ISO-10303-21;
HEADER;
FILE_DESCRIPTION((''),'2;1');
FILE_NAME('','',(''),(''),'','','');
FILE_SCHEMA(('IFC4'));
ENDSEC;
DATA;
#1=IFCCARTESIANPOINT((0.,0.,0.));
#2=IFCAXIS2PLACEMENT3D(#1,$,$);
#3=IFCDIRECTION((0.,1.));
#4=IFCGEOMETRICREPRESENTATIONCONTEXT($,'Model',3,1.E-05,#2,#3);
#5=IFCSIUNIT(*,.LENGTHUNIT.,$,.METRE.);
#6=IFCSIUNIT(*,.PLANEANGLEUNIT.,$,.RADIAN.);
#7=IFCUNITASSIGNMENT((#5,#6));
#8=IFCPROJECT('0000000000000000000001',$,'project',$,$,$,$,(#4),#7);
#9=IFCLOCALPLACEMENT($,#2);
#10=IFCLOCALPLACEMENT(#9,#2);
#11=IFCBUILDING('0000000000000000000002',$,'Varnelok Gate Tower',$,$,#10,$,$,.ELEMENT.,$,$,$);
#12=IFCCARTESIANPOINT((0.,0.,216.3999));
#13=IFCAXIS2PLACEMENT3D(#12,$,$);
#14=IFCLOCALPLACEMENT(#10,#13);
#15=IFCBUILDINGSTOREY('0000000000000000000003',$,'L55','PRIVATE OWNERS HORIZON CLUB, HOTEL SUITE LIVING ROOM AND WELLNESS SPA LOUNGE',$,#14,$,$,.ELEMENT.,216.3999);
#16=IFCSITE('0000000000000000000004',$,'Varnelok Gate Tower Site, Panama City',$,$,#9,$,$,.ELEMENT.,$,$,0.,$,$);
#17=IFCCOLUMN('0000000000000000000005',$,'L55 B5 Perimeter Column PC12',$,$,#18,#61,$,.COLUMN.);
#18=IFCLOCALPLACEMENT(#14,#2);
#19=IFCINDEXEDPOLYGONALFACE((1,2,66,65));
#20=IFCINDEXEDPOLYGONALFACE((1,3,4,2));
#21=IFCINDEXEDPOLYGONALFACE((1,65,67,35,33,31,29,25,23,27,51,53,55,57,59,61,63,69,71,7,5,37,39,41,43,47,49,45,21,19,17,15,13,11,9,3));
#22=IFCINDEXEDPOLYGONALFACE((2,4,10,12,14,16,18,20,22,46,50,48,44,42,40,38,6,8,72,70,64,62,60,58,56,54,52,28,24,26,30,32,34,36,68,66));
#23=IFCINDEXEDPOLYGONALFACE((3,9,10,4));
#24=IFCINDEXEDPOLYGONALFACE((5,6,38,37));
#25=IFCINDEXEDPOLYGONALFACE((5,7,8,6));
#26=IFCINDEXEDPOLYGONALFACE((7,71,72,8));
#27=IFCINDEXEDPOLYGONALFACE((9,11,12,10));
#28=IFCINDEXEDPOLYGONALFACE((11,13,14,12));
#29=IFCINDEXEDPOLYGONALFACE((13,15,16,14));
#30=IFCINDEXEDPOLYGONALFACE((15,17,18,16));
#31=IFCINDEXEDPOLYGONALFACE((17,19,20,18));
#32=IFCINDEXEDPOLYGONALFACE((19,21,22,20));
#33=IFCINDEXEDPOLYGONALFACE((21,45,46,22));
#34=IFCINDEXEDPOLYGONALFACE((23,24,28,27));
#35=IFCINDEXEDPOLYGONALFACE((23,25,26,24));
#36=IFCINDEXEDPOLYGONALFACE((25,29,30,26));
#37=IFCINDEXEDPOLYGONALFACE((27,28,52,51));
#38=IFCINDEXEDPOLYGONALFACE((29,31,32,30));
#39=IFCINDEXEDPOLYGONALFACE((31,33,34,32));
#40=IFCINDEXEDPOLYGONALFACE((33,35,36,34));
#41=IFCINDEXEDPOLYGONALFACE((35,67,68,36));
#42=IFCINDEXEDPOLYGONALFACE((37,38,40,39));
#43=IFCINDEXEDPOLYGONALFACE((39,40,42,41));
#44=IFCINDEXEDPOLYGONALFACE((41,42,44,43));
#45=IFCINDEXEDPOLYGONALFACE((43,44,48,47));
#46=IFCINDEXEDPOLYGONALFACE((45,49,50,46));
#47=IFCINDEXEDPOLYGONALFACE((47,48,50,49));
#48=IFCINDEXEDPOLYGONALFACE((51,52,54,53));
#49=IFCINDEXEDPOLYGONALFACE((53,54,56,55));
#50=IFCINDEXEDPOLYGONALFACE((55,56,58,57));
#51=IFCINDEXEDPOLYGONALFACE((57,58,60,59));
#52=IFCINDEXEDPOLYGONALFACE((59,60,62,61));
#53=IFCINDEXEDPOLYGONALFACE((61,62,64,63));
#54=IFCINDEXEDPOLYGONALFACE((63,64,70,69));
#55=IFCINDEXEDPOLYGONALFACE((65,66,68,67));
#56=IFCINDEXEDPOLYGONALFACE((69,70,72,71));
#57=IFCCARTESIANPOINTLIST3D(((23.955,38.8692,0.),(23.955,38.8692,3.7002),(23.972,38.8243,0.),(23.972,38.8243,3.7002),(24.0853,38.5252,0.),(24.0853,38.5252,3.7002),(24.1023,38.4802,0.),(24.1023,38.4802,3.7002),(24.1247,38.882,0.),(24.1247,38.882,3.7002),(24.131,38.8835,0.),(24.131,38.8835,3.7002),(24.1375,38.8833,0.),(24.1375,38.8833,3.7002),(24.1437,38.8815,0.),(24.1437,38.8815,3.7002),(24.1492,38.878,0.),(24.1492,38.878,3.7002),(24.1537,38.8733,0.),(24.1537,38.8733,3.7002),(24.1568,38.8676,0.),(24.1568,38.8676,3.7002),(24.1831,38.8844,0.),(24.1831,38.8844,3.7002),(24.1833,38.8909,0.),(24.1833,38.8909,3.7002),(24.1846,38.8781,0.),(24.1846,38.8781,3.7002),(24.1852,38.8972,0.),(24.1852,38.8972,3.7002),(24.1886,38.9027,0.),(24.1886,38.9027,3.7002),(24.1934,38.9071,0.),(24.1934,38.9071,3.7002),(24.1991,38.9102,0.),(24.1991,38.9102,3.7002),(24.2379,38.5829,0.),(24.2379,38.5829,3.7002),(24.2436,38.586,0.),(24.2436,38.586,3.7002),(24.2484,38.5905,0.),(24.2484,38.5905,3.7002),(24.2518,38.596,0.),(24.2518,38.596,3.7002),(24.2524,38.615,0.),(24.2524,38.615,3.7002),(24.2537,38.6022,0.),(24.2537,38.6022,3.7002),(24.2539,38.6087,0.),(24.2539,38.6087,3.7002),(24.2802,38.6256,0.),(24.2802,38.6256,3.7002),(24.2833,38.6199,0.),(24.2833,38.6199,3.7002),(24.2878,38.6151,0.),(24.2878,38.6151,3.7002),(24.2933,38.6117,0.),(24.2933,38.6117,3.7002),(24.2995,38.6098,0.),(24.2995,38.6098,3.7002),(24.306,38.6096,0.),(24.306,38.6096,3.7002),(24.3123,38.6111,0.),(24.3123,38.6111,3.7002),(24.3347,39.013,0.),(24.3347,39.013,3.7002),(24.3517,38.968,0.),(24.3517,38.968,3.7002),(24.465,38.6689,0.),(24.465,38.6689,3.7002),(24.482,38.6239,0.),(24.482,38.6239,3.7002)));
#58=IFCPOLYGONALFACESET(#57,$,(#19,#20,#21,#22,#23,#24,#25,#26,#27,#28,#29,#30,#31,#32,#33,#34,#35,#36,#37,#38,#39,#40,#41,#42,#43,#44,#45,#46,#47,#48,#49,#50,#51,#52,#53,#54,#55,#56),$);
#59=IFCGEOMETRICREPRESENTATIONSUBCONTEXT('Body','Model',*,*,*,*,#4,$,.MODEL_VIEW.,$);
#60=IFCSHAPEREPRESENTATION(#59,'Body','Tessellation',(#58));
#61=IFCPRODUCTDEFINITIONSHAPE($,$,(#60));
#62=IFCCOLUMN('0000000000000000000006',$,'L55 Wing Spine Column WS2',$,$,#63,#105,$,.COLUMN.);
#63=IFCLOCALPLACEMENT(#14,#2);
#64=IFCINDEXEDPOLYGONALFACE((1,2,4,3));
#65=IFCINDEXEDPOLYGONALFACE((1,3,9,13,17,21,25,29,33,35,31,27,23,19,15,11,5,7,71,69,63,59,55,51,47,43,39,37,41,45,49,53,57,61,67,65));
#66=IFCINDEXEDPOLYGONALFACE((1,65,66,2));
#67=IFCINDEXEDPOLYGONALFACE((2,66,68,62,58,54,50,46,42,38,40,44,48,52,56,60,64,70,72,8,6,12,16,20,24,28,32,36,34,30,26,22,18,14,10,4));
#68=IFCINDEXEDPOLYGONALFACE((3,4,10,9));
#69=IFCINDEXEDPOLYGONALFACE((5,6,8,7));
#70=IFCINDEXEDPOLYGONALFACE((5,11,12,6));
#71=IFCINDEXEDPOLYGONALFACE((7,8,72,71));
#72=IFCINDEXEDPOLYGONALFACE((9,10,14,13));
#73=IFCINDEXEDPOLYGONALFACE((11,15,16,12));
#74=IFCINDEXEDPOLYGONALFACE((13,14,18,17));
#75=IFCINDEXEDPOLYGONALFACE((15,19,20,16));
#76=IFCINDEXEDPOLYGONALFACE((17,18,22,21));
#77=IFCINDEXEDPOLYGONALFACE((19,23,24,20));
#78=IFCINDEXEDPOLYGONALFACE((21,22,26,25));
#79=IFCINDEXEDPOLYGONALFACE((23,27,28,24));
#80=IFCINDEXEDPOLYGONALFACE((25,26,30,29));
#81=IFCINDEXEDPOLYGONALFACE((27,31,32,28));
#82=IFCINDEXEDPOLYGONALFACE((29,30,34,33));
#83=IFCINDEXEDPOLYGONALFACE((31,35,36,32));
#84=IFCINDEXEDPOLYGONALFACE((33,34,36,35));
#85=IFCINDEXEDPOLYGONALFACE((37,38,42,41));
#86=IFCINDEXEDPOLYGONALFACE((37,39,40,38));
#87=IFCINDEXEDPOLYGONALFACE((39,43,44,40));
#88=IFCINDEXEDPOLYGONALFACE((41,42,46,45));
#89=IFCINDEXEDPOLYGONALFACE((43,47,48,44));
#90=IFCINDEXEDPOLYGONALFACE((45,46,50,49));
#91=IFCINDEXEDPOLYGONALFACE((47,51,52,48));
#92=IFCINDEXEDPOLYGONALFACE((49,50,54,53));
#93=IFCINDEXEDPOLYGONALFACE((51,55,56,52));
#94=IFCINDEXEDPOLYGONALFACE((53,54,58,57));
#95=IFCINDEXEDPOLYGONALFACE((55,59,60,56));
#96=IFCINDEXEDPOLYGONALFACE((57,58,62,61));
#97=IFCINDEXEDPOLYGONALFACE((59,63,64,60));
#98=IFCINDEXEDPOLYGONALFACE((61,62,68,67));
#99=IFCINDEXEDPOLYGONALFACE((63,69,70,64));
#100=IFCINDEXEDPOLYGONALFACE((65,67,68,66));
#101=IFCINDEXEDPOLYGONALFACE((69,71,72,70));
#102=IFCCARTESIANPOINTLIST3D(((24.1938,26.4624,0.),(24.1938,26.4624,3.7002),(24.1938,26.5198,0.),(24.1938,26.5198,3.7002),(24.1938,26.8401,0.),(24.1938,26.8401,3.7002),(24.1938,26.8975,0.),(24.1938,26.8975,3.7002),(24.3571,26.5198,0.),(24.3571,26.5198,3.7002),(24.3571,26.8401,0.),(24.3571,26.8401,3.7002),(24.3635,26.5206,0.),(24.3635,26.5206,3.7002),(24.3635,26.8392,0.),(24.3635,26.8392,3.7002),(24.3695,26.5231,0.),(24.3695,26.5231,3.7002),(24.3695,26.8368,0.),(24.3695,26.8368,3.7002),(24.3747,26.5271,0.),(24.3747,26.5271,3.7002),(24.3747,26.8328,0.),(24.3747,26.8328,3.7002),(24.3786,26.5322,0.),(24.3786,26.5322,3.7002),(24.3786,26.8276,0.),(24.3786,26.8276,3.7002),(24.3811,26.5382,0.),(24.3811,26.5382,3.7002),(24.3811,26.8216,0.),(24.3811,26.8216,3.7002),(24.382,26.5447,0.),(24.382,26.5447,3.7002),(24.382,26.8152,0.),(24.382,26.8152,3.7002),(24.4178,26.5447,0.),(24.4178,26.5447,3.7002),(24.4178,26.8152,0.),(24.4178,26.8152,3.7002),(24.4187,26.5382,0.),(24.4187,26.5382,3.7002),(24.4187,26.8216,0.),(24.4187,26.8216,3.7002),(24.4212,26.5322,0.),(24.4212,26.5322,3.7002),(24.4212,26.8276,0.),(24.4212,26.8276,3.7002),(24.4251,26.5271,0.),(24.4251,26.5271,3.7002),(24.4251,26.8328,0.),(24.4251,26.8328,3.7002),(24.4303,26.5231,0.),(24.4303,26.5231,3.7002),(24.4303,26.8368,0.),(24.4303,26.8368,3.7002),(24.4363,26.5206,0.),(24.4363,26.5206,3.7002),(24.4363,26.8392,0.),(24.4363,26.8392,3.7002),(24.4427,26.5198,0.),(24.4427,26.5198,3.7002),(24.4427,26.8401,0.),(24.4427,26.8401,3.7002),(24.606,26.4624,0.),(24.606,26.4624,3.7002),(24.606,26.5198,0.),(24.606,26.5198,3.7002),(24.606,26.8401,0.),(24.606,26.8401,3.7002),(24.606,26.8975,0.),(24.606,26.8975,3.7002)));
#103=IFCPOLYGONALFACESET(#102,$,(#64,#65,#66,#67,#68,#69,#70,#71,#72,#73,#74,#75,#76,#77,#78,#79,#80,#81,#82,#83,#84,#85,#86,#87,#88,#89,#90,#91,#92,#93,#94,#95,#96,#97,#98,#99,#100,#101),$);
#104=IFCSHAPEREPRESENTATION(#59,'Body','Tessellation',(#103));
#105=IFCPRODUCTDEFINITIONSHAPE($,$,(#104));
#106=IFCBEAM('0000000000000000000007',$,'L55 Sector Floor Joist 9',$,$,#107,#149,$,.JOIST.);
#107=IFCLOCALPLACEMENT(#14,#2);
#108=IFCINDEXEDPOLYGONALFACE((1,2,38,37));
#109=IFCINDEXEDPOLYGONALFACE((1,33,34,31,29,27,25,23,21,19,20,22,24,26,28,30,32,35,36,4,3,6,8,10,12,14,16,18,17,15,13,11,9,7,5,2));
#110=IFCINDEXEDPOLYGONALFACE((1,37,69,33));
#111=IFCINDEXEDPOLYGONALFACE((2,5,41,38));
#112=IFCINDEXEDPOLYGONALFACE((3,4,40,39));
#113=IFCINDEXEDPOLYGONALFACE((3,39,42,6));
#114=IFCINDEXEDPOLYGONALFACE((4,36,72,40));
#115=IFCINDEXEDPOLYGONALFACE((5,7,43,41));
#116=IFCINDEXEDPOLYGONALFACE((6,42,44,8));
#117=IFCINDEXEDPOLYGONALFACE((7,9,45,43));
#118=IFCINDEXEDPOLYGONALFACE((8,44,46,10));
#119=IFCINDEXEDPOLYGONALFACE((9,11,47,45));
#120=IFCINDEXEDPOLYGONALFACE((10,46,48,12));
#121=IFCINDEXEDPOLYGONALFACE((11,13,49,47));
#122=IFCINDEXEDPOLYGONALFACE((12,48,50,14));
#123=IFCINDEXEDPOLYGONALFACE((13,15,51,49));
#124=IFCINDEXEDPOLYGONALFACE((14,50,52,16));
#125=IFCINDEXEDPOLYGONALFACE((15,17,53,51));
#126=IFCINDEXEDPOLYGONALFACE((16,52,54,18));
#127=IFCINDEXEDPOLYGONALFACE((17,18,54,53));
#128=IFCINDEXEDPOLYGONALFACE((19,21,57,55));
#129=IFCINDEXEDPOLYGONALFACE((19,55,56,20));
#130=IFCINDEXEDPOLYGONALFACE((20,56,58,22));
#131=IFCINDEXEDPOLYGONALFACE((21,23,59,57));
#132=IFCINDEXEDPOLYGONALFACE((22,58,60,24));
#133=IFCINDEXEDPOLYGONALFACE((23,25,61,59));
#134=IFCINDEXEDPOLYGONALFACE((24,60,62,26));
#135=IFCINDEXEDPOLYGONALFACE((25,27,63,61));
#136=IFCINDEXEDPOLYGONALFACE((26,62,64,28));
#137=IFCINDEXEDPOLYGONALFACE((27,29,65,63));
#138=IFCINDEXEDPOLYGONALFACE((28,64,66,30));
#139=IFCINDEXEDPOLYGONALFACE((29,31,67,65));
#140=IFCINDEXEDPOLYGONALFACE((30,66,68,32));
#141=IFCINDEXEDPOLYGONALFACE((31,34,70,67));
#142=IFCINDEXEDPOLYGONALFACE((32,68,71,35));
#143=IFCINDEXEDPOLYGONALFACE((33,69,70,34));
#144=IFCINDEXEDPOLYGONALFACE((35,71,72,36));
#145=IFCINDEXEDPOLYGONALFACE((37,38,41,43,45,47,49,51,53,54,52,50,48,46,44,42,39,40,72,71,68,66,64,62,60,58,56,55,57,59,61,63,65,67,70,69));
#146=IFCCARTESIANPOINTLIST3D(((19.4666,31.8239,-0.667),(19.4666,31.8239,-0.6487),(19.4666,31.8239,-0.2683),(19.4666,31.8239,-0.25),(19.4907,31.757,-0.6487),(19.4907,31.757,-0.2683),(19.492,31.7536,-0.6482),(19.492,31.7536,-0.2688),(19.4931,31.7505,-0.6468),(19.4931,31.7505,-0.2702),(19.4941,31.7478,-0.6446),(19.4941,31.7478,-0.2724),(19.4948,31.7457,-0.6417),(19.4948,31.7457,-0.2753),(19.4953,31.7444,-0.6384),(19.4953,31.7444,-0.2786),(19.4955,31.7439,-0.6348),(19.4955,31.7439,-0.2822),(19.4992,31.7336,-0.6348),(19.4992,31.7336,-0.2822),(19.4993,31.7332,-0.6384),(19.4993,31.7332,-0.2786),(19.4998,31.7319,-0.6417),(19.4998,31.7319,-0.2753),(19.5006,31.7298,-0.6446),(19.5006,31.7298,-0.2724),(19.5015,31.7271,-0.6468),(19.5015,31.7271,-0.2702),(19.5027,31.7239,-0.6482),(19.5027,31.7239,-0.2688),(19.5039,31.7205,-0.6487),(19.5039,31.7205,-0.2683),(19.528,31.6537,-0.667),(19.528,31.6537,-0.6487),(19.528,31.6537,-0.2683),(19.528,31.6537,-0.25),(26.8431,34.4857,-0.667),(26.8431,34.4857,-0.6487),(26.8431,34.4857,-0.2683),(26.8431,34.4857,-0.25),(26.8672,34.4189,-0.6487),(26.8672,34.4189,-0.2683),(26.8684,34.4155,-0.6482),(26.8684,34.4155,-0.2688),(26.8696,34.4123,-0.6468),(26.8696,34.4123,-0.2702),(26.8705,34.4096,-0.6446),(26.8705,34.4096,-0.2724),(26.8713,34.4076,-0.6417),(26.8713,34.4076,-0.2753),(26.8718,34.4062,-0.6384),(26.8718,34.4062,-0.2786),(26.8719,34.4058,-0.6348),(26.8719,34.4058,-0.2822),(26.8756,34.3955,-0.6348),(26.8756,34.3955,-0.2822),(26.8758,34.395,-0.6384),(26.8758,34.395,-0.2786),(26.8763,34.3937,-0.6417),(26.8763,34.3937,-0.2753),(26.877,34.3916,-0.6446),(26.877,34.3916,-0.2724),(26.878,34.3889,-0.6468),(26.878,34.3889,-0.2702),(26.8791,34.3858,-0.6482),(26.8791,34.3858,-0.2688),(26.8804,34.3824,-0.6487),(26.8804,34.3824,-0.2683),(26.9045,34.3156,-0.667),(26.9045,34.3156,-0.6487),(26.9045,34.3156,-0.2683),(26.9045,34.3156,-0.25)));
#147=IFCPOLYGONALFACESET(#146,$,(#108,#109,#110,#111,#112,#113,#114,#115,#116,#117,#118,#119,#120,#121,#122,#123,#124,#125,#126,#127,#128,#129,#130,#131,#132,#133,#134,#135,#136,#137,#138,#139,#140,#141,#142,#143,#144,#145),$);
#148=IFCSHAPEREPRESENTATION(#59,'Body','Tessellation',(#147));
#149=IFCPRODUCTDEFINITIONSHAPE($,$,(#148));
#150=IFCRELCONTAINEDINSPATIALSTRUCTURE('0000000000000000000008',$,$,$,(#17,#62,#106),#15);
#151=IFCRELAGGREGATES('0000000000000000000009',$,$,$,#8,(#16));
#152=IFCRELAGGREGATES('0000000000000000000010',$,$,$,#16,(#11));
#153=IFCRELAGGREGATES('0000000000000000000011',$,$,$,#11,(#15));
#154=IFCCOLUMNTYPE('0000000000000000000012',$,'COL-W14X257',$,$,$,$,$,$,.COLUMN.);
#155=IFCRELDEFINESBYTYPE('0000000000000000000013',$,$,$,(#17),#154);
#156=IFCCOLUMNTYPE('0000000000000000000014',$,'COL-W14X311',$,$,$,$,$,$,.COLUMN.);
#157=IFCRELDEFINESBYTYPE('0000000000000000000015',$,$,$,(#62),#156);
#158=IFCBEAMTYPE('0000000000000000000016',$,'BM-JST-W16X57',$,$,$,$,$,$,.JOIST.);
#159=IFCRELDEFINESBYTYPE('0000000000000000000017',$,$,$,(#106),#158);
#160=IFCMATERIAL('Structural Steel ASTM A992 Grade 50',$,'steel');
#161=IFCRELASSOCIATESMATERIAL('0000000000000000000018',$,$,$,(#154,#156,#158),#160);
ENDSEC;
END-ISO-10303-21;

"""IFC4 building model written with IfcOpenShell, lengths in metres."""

from ifc_helpers import new_model, si_unit, direction, frame, origin, origin_2d, place, context, subcontext, project, spatial, i_section, extrude, material, material_profile, profile_set, type_object, element, save


model = new_model("IFC4")

# Units and contexts
model_context = context("Model", 3, precision=1e-05, world=origin(), true_north=direction((0.0, 1.0)))
body_context = subcontext(model_context, "Body", "Model", "MODEL_VIEW")
ifc_project = project(units=[si_unit("LENGTHUNIT", "METRE"), si_unit("PLANEANGLEUNIT", "RADIAN")], contexts=[model_context])

# Site, building, storey
site_placement = place(None, origin())
site = spatial("IfcSite", under=ifc_project, at=site_placement, Name="Varnelok Gate Tower Site, Panama City", CompositionType="ELEMENT", RefElevation=0.0)
building_placement = place(site_placement, origin())
building = spatial("IfcBuilding", under=site, at=building_placement, Name="Varnelok Gate Tower", CompositionType="ELEMENT")
storey_placement = place(building_placement, frame((0.0, 0.0, 216.3999)))
storey = spatial("IfcBuildingStorey", under=building, at=storey_placement, Name="L55", Description="PRIVATE OWNERS HORIZON CLUB, HOTEL SUITE LIVING ROOM AND WELLNESS SPA LOUNGE", CompositionType="ELEMENT", Elevation=216.3999)

# Columns
ifc_material_1 = material(Name="Structural Steel ASTM A992 Grade 50", Category="steel")
ifc_material_profile_1 = material_profile(ifc_material_1, i_section(OverallWidth=0.406, OverallDepth=0.416, WebThickness=0.0298, FlangeThickness=0.0481, FilletRadius=0.0249, at=origin_2d()), Name="W14X257")
ifc_profile_set_1 = profile_set([ifc_material_profile_1], Name="Structural Steel ASTM A992 Grade 50")
column_type_1 = type_object("IfcColumnType", Name="COL-W14X257", PredefinedType="COLUMN", material=ifc_profile_set_1)
column_1_placement = place(storey_placement, frame((24.2185, 38.7466, 0.0), z_axis=(0.0, 0.0, 1.0), x_axis=(0.935222, 0.354063, 0.0)))
element("IfcColumn", 1, at=column_1_placement, inside=storey, type_object=column_type_1, Name="L55 B5 Perimeter Column PC12", PredefinedType="COLUMN", context=body_context, shape_type="SweptSolid", body=[
    extrude(i_section(OverallWidth=0.406, OverallDepth=0.416, WebThickness=0.0298, FlangeThickness=0.0481, FilletRadius=0.0249, at=origin_2d()), origin(), (0.0, 0.0, 1.0), 3.7002),
])
ifc_material_profile_2 = material_profile(ifc_material_1, i_section(OverallWidth=0.4121, OverallDepth=0.4351, WebThickness=0.0359, FlangeThickness=0.0574, FilletRadius=0.0249, at=origin_2d()), Name="W14X311")
ifc_profile_set_2 = profile_set([ifc_material_profile_2], Name="Structural Steel ASTM A992 Grade 50")
column_type_2 = type_object("IfcColumnType", Name="COL-W14X311", PredefinedType="COLUMN", material=ifc_profile_set_2)
column_2_placement = place(storey_placement, frame((24.3999, 26.6799, 0.0), z_axis=(0.0, 0.0, 1.0), x_axis=(1.0, 0.0, 0.0)))
element("IfcColumn", 2, at=column_2_placement, inside=storey, type_object=column_type_2, Name="L55 Wing Spine Column WS2", PredefinedType="COLUMN", context=body_context, shape_type="SweptSolid", body=[
    extrude(i_section(OverallWidth=0.4121, OverallDepth=0.4351, WebThickness=0.0359, FlangeThickness=0.0574, FilletRadius=0.0249, at=origin_2d()), origin(), (0.0, 0.0, 1.0), 3.7002),
])

# Beam
ifc_material_profile_3 = material_profile(ifc_material_1, i_section(OverallWidth=0.1809, OverallDepth=0.417, WebThickness=0.011, FlangeThickness=0.0183, FilletRadius=0.0139, at=origin_2d()), Name="W16X57")
ifc_profile_set_3 = profile_set([ifc_material_profile_3], Name="Structural Steel ASTM A992 Grade 50")
beam_type_1 = type_object("IfcBeamType", Name="BM-JST-W16X57", PredefinedType="JOIST", material=ifc_profile_set_3)
beam_1_placement = place(storey_placement, frame((26.8738, 34.4006, -0.4585), z_axis=(-0.94063, -0.339435, 0.0), x_axis=(0.339435, -0.94063, 0.0)))
element("IfcBeam", 3, at=beam_1_placement, inside=storey, type_object=beam_type_1, Name="L55 Sector Floor Joist 9", PredefinedType="JOIST", context=body_context, shape_type="SweptSolid", body=[
    extrude(i_section(OverallWidth=0.1809, OverallDepth=0.417, WebThickness=0.011, FlangeThickness=0.0183, FilletRadius=0.0139, at=origin_2d()), origin(), (0.0, 0.0, 1.0), 7.842),
])

save(model, "model.ifc")
